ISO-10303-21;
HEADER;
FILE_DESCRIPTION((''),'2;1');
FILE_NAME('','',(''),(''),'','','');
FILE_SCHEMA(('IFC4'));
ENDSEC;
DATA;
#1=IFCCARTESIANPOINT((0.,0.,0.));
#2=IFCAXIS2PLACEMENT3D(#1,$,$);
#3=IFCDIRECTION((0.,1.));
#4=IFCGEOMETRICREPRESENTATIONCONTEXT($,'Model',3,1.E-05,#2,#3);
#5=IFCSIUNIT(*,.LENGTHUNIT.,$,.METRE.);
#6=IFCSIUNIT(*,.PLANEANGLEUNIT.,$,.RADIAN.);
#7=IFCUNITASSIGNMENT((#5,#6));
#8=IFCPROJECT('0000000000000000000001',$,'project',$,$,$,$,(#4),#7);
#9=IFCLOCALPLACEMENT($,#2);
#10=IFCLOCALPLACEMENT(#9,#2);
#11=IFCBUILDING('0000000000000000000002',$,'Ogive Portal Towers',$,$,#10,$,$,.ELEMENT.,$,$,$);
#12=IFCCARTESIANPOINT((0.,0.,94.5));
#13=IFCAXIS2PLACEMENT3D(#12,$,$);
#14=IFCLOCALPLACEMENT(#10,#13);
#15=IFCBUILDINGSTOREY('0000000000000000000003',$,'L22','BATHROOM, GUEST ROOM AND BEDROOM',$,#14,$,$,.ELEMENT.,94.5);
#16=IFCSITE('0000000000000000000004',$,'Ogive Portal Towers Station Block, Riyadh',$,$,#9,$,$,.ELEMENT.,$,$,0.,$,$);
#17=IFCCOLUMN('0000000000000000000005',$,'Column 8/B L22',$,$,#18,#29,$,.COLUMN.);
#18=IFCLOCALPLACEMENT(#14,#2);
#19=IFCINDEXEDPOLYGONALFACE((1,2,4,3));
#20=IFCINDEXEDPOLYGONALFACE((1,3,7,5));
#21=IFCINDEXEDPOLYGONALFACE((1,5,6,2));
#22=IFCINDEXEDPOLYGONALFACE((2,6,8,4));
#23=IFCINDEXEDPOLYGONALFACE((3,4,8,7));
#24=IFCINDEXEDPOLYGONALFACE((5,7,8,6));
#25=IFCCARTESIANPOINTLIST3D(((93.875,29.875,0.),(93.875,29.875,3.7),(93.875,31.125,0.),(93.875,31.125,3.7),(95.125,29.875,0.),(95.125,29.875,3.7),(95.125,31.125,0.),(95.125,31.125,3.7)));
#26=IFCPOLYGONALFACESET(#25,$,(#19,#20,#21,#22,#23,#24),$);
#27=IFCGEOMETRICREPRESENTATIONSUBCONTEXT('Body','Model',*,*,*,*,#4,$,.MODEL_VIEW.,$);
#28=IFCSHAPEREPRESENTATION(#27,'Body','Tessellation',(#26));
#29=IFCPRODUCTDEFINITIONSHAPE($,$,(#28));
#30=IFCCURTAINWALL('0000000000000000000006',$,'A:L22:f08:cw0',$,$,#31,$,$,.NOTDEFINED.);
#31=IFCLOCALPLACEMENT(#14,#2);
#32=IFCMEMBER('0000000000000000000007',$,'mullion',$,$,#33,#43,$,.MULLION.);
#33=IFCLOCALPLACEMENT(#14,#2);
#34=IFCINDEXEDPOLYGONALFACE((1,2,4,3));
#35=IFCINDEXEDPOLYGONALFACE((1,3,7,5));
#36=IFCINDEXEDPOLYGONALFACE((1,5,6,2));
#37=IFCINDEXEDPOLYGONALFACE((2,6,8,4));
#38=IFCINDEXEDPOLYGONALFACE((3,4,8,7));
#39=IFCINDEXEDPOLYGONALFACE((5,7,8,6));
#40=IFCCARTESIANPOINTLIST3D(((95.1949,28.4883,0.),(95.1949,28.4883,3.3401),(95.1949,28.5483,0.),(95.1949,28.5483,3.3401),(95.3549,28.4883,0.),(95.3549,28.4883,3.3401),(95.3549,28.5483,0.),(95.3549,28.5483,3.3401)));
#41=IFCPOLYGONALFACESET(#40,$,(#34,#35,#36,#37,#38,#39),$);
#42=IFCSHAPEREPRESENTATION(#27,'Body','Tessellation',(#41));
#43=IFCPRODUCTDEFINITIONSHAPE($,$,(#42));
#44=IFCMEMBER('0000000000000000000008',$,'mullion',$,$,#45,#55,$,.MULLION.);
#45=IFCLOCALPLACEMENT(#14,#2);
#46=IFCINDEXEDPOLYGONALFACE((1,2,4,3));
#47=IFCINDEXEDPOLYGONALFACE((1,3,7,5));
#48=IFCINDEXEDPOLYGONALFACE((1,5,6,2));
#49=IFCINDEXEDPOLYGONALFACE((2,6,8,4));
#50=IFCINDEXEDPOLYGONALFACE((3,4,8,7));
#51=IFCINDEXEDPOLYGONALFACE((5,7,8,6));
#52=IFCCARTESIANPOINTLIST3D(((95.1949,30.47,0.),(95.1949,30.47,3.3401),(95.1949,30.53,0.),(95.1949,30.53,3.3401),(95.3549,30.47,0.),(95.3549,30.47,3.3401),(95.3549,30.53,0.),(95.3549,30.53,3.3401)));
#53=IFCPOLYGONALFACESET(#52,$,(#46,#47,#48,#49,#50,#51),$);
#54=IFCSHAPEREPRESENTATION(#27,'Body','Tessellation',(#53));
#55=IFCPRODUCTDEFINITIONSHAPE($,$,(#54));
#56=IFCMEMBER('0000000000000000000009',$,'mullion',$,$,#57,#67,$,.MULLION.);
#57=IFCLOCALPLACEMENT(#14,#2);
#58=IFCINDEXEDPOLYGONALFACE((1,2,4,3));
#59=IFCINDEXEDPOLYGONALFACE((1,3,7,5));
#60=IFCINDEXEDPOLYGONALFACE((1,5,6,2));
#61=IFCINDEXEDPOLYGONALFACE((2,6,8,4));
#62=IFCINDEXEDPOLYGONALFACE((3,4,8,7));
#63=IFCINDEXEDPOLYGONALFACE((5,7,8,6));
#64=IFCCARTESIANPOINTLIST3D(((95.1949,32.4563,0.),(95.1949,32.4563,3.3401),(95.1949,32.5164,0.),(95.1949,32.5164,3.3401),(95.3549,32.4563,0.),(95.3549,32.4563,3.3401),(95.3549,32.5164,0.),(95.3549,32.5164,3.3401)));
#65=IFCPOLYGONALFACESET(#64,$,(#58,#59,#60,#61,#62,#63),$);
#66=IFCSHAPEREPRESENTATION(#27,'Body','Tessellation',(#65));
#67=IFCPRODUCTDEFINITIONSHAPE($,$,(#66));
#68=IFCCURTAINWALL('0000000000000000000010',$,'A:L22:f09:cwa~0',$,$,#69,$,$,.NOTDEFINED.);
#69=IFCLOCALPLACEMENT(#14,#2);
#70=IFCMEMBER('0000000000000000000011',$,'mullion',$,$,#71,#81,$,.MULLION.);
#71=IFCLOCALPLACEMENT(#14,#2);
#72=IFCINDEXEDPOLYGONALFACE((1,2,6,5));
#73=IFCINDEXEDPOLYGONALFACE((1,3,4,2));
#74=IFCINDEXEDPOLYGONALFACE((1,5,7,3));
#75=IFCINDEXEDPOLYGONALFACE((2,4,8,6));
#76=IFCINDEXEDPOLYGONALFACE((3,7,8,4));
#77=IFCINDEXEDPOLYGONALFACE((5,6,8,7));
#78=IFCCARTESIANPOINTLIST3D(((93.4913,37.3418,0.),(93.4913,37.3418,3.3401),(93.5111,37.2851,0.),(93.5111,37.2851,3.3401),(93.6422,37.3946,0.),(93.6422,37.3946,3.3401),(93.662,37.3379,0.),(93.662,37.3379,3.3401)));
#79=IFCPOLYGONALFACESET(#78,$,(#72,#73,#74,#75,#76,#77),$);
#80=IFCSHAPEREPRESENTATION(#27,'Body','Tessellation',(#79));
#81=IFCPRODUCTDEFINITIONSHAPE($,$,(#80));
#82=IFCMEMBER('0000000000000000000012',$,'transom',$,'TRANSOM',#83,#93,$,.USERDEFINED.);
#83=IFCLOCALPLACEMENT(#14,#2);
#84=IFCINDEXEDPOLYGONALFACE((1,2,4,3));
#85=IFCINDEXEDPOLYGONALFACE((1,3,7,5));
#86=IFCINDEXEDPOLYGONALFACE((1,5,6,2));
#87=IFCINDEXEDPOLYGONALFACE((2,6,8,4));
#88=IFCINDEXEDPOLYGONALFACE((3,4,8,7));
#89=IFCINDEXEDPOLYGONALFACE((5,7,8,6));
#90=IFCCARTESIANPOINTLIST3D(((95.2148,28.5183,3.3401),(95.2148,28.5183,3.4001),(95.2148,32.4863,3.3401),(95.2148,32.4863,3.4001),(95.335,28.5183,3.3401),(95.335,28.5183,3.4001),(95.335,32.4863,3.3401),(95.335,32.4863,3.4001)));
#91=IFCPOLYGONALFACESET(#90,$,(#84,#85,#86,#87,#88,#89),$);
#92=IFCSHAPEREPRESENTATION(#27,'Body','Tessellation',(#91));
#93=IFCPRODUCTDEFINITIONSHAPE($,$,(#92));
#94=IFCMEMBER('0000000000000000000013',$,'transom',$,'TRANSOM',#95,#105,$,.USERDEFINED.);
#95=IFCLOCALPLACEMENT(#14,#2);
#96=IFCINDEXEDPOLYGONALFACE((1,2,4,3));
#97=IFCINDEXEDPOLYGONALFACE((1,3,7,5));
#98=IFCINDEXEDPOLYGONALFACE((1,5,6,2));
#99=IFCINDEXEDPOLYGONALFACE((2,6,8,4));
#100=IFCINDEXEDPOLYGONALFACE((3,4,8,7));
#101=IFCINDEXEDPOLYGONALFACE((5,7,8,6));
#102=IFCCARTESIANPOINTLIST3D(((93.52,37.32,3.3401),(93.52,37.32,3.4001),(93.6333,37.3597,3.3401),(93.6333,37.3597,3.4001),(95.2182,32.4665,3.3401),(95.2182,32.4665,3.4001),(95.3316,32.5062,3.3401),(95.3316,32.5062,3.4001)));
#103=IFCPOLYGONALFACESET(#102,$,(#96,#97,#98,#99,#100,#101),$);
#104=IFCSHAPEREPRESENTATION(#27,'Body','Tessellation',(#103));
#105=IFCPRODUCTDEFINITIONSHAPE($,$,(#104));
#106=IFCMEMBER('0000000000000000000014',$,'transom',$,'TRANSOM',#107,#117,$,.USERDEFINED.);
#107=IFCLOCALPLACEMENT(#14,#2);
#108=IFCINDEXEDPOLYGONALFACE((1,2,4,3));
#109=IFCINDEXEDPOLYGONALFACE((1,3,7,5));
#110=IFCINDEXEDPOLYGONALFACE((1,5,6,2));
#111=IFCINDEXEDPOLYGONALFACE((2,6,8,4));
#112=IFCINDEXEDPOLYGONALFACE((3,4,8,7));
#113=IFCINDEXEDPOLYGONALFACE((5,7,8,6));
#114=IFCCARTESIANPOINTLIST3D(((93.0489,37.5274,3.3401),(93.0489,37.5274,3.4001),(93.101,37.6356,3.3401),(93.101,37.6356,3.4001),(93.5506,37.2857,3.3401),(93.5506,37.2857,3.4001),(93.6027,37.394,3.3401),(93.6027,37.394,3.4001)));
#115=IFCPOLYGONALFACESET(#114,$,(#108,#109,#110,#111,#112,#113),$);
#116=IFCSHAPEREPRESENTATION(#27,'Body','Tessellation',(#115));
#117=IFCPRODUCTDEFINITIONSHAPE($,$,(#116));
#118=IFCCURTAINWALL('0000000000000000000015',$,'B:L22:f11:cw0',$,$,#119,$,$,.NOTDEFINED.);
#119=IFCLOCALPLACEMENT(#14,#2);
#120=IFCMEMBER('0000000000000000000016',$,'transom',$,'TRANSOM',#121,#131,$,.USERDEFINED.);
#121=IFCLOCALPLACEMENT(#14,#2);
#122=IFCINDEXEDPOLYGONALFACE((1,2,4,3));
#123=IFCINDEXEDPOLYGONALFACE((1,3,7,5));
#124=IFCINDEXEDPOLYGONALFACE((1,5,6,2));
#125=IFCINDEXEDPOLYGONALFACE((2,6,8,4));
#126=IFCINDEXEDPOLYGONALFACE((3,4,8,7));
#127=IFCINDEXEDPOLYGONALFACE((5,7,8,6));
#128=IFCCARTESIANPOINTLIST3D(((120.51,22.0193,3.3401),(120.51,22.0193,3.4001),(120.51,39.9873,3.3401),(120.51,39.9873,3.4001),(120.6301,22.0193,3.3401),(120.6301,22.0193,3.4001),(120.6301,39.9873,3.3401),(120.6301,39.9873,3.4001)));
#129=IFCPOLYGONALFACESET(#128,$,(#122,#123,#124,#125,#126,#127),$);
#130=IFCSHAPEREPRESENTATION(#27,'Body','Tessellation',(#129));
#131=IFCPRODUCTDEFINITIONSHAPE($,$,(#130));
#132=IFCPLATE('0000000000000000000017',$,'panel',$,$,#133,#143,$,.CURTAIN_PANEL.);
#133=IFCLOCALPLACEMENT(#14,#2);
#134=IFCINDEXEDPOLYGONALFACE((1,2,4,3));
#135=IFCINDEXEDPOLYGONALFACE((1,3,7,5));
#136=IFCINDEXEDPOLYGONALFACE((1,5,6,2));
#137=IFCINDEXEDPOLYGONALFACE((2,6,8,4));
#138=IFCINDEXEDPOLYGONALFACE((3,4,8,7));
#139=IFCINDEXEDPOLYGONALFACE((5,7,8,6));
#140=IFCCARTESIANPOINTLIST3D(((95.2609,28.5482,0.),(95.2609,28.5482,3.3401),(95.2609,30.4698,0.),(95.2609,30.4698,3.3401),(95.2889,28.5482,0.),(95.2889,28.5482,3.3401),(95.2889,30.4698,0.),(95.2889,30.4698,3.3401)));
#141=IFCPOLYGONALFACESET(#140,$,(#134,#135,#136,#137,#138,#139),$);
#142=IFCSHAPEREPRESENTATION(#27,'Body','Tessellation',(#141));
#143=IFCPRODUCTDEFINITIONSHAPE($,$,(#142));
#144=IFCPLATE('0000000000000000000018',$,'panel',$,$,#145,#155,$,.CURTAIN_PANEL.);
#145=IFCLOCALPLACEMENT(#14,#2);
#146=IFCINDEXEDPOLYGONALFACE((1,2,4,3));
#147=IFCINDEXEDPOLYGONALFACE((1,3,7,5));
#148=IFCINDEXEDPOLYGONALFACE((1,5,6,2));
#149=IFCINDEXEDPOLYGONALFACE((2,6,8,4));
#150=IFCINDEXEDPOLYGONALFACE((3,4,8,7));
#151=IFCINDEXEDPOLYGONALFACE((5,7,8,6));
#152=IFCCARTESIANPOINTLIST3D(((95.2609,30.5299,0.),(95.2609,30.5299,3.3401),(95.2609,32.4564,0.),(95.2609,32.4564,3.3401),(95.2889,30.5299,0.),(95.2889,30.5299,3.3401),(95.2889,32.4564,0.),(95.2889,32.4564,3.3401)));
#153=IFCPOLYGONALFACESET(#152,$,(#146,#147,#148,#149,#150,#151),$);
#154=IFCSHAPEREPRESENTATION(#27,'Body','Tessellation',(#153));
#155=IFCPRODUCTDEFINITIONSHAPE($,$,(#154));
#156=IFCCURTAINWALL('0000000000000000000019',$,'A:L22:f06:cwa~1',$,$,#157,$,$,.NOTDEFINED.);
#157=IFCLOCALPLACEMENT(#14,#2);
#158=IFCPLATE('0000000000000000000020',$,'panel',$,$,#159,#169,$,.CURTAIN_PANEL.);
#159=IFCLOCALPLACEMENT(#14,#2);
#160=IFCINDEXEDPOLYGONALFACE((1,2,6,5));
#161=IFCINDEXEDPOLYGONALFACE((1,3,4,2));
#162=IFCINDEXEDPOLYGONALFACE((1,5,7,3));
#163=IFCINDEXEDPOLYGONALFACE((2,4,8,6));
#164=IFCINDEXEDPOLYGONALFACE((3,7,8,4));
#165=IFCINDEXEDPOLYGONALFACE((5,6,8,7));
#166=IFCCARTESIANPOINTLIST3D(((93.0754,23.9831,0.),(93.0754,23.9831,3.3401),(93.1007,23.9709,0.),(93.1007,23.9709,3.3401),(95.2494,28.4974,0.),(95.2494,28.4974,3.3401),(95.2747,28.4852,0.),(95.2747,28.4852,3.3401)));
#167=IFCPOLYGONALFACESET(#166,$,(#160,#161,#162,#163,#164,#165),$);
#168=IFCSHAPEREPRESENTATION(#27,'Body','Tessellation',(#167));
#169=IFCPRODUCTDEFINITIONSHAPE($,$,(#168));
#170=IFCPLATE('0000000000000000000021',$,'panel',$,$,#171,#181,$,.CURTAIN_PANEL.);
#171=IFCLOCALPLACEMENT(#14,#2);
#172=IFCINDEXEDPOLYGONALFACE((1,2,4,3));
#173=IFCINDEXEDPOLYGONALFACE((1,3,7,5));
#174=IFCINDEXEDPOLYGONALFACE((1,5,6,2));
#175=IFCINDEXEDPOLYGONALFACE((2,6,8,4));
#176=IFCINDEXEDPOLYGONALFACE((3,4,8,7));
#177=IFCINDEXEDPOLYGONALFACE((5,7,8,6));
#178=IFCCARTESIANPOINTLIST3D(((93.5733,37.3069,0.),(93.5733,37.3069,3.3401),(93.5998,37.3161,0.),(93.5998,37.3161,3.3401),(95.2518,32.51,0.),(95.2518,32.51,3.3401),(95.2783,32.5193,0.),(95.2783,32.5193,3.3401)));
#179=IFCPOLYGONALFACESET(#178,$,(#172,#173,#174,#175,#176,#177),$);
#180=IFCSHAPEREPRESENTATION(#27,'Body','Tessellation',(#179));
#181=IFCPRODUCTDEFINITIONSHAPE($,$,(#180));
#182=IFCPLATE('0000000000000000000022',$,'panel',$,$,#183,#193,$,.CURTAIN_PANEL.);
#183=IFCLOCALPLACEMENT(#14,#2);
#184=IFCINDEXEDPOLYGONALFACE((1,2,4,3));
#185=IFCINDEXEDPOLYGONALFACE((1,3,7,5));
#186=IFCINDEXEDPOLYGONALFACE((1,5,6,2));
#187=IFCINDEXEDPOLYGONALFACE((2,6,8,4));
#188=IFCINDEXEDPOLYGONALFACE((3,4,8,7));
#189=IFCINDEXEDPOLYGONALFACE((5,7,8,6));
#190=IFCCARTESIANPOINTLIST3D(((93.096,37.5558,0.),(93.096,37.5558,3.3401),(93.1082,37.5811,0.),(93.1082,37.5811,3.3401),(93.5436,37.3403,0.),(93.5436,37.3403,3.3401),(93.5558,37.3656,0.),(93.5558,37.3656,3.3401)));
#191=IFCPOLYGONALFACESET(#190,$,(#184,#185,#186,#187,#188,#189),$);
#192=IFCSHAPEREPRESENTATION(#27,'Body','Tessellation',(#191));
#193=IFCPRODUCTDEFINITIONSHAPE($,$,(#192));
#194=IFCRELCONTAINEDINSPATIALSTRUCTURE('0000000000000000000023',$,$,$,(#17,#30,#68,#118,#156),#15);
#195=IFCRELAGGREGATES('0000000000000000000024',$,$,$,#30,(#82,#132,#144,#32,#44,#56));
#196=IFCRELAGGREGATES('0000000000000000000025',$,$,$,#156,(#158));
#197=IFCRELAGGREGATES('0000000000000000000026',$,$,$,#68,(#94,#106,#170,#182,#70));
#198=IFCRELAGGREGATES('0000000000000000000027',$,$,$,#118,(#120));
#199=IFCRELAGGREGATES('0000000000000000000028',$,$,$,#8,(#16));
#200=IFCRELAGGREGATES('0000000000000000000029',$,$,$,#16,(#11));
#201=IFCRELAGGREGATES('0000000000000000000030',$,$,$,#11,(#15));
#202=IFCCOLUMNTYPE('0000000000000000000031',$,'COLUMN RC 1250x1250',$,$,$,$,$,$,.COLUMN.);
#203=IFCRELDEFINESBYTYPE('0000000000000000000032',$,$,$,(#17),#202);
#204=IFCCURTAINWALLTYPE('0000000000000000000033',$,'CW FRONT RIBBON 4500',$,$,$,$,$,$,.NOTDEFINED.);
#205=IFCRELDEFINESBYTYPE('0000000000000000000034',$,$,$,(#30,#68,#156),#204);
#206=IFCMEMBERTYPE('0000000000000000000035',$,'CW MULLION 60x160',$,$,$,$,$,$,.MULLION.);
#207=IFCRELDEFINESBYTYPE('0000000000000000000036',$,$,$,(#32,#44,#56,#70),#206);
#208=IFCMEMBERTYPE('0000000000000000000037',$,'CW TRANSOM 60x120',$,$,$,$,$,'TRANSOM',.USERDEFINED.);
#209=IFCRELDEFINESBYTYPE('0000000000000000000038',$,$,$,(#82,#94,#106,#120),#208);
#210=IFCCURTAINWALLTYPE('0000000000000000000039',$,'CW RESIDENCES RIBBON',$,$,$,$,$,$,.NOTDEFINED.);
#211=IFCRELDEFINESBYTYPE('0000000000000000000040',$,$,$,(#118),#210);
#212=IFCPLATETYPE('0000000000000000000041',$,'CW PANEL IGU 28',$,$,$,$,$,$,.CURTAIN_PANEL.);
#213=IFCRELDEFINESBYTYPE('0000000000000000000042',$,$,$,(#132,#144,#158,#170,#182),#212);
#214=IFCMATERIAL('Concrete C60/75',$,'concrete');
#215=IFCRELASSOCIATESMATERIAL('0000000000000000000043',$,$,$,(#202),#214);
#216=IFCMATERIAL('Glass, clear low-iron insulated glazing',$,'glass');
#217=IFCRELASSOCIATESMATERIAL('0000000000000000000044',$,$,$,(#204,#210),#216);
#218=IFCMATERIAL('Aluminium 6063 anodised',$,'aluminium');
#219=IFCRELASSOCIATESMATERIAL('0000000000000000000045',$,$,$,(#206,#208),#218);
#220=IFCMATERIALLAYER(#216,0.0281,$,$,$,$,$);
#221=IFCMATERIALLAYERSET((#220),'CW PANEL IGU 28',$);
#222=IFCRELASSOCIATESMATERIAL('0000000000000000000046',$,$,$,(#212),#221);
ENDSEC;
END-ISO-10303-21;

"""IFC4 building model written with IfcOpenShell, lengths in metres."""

from ifc_helpers import new_model, si_unit, direction, frame, origin, origin_2d, place, context, subcontext, project, spatial, rectangle, extrude, material, layer, layer_set, material_profile, profile_set, type_object, element, aggregate, save


model = new_model("IFC4")

# Units and contexts
model_context = context("Model", 3, precision=1e-05, world=origin(), true_north=direction((0.0, 1.0)))
body_context = subcontext(model_context, "Body", "Model", "MODEL_VIEW")
ifc_project = project(units=[si_unit("LENGTHUNIT", "METRE"), si_unit("PLANEANGLEUNIT", "RADIAN")], contexts=[model_context])

# Site, building, storey
site_placement = place(None, origin())
site = spatial("IfcSite", under=ifc_project, at=site_placement, Name="Ogive Portal Towers Station Block, Riyadh", CompositionType="ELEMENT", RefElevation=0.0)
building_placement = place(site_placement, origin())
building = spatial("IfcBuilding", under=site, at=building_placement, Name="Ogive Portal Towers", CompositionType="ELEMENT")
storey_placement = place(building_placement, frame((0.0, 0.0, 94.5)))
storey = spatial("IfcBuildingStorey", under=building, at=storey_placement, Name="L22", Description="BATHROOM, GUEST ROOM AND BEDROOM", CompositionType="ELEMENT", Elevation=94.5)

# Column
ifc_material_1 = material(Name="Concrete C60/75", Category="concrete")
ifc_material_profile_1 = material_profile(ifc_material_1, rectangle(XDim=1.25, YDim=1.25, at=origin_2d()), Name="RC 1250x1250")
ifc_profile_set_1 = profile_set([ifc_material_profile_1], Name="Concrete C60/75")
column_type = type_object("IfcColumnType", Name="COLUMN RC 1250x1250", PredefinedType="COLUMN", material=ifc_profile_set_1)
column_placement = place(storey_placement, frame((94.5, 30.5, 0.0), z_axis=(0.0, 0.0, 1.0), x_axis=(1.0, 0.0, 0.0)))
element("IfcColumn", 1, at=column_placement, inside=storey, type_object=column_type, Name="Column 8/B L22", PredefinedType="COLUMN", context=body_context, shape_type="SweptSolid", body=[
    extrude(rectangle(XDim=1.25, YDim=1.25, at=origin_2d()), origin(), (0.0, 0.0, 1.0), 3.7),
])

# Curtain wall, members
ifc_material_2 = material(Name="Glass, clear low-iron insulated glazing", Category="glass")
curtain_wall_type_1 = type_object("IfcCurtainWallType", Name="CW FRONT RIBBON 4500", PredefinedType="NOTDEFINED", material=ifc_material_2)
curtain_wall_1_placement = place(storey_placement, origin())
curtain_wall_1 = element("IfcCurtainWall", 2, at=curtain_wall_1_placement, inside=storey, type_object=curtain_wall_type_1, Name="A:L22:f08:cw0", PredefinedType="NOTDEFINED")
ifc_material_3 = material(Name="Aluminium 6063 anodised", Category="aluminium")
ifc_material_profile_2 = material_profile(ifc_material_3, rectangle(XDim=0.1599, YDim=0.0601, at=origin_2d()), Name="AL 60x160")
ifc_profile_set_2 = profile_set([ifc_material_profile_2], Name="Aluminium 6063 anodised")
member_type_1 = type_object("IfcMemberType", Name="CW MULLION 60x160", PredefinedType="MULLION", material=ifc_profile_set_2)
member_1_placement = place(storey_placement, frame((95.2749, 28.5183, 0.0), z_axis=(0.0, 0.0, 1.0), x_axis=(-1.0, 0.0, 0.0)))
member_1 = element("IfcMember", 3, at=member_1_placement, type_object=member_type_1, Name="mullion", PredefinedType="MULLION", context=body_context, shape_type="SweptSolid", body=[
    extrude(rectangle(XDim=0.1599, YDim=0.0601, at=origin_2d()), origin(), (0.0, 0.0, 1.0), 3.3401),
])
member_2_placement = place(storey_placement, frame((95.2749, 30.5, 0.0), z_axis=(0.0, 0.0, 1.0), x_axis=(-1.0, 0.0, 0.0)))
member_2 = element("IfcMember", 4, at=member_2_placement, type_object=member_type_1, Name="mullion", PredefinedType="MULLION", context=body_context, shape_type="SweptSolid", body=[
    extrude(rectangle(XDim=0.1599, YDim=0.0601, at=origin_2d()), origin(), (0.0, 0.0, 1.0), 3.3401),
])
member_3_placement = place(storey_placement, frame((95.2749, 32.4863, 0.0), z_axis=(0.0, 0.0, 1.0), x_axis=(-1.0, 0.0, 0.0)))
member_3 = element("IfcMember", 5, at=member_3_placement, type_object=member_type_1, Name="mullion", PredefinedType="MULLION", context=body_context, shape_type="SweptSolid", body=[
    extrude(rectangle(XDim=0.1599, YDim=0.0601, at=origin_2d()), origin(), (0.0, 0.0, 1.0), 3.3401),
])

# Curtain wall, member
curtain_wall_2_placement = place(storey_placement, origin())
curtain_wall_2 = element("IfcCurtainWall", 6, at=curtain_wall_2_placement, inside=storey, type_object=curtain_wall_type_1, Name="A:L22:f09:cwa~0", PredefinedType="NOTDEFINED")
member_4_placement = place(storey_placement, frame((93.5767, 37.3398, 0.0), z_axis=(0.0, 0.0, 1.0), x_axis=(-0.943883, -0.330279, 0.0)))
member_4 = element("IfcMember", 7, at=member_4_placement, type_object=member_type_1, Name="mullion", PredefinedType="MULLION", context=body_context, shape_type="SweptSolid", body=[
    extrude(rectangle(XDim=0.1599, YDim=0.0601, at=origin_2d()), origin(), (0.0, 0.0, 1.0), 3.3401),
])

# Members
ifc_material_profile_3 = material_profile(ifc_material_3, rectangle(XDim=0.1201, YDim=0.0601, at=origin_2d()), Name="AL 120x60")
ifc_profile_set_3 = profile_set([ifc_material_profile_3], Name="Aluminium 6063 anodised")
member_type_2 = type_object("IfcMemberType", Name="CW TRANSOM 60x120", ElementType="TRANSOM", PredefinedType="USERDEFINED", material=ifc_profile_set_3)
member_5_placement = place(storey_placement, frame((95.2749, 28.5183, 3.3701), z_axis=(0.0, 1.0, 0.0), x_axis=(-1.0, 0.0, 0.0)))
member_5 = element("IfcMember", 8, at=member_5_placement, type_object=member_type_2, Name="transom", ObjectType="TRANSOM", PredefinedType="USERDEFINED", context=body_context, shape_type="SweptSolid", body=[
    extrude(rectangle(XDim=0.1201, YDim=0.0601, at=origin_2d()), origin(), (0.0, 0.0, 1.0), 3.968),
])
member_6_placement = place(storey_placement, frame((95.2749, 32.4863, 3.3701), z_axis=(-0.330266, 0.943888, 0.0), x_axis=(-0.943888, -0.330266, 0.0)))
member_6 = element("IfcMember", 9, at=member_6_placement, type_object=member_type_2, Name="transom", ObjectType="TRANSOM", PredefinedType="USERDEFINED", context=body_context, shape_type="SweptSolid", body=[
    extrude(rectangle(XDim=0.1201, YDim=0.0601, at=origin_2d()), origin(), (0.0, 0.0, 1.0), 5.1421),
])
member_7_placement = place(storey_placement, frame((93.5767, 37.3398, 3.3701), z_axis=(-0.900906, 0.434013, 0.0), x_axis=(-0.434013, -0.900906, 0.0)))
member_7 = element("IfcMember", 10, at=member_7_placement, type_object=member_type_2, Name="transom", ObjectType="TRANSOM", PredefinedType="USERDEFINED", context=body_context, shape_type="SweptSolid", body=[
    extrude(rectangle(XDim=0.1201, YDim=0.0601, at=origin_2d()), origin(), (0.0, 0.0, 1.0), 0.5569),
])

# Curtain wall, member
curtain_wall_type_2 = type_object("IfcCurtainWallType", Name="CW RESIDENCES RIBBON", PredefinedType="NOTDEFINED", material=ifc_material_2)
curtain_wall_3_placement = place(storey_placement, origin())
curtain_wall_3 = element("IfcCurtainWall", 11, at=curtain_wall_3_placement, inside=storey, type_object=curtain_wall_type_2, Name="B:L22:f11:cw0", PredefinedType="NOTDEFINED")
member_8_placement = place(storey_placement, frame((120.5701, 39.9873, 3.3701), z_axis=(0.0, -1.0, 0.0), x_axis=(1.0, 0.0, 0.0)))
member_8 = element("IfcMember", 12, at=member_8_placement, type_object=member_type_2, Name="transom", ObjectType="TRANSOM", PredefinedType="USERDEFINED", context=body_context, shape_type="SweptSolid", body=[
    extrude(rectangle(XDim=0.1201, YDim=0.0601, at=origin_2d()), origin(), (0.0, 0.0, 1.0), 17.968),
])

# Plates
ifc_layer_1 = layer(ifc_material_2, 0.0281)
ifc_layer_set_1 = layer_set([ifc_layer_1], Name="CW PANEL IGU 28")
plate_type = type_object("IfcPlateType", Name="CW PANEL IGU 28", PredefinedType="CURTAIN_PANEL", material=ifc_layer_set_1)
plate_1_placement = place(storey_placement, frame((95.2749, 29.509, 0.0), z_axis=(0.0, 0.0, 1.0), x_axis=(0.0, 1.0, 0.0)))
plate_1 = element("IfcPlate", 13, at=plate_1_placement, type_object=plate_type, Name="panel", PredefinedType="CURTAIN_PANEL", context=body_context, shape_type="SweptSolid", body=[
    extrude(rectangle(XDim=1.9216, YDim=0.0281, at=origin_2d()), origin(), (0.0, 0.0, 1.0), 3.3401),
])
plate_2_placement = place(storey_placement, frame((95.2749, 31.4932, 0.0), z_axis=(0.0, 0.0, 1.0), x_axis=(0.0, 1.0, 0.0)))
plate_2 = element("IfcPlate", 14, at=plate_2_placement, type_object=plate_type, Name="panel", PredefinedType="CURTAIN_PANEL", context=body_context, shape_type="SweptSolid", body=[
    extrude(rectangle(XDim=1.9265, YDim=0.0281, at=origin_2d()), origin(), (0.0, 0.0, 1.0), 3.3401),
])
aggregate(curtain_wall_1, [member_5, plate_1, plate_2, member_1, member_2, member_3])

# Curtain wall, plate
curtain_wall_4_placement = place(storey_placement, origin())
curtain_wall_4 = element("IfcCurtainWall", 15, at=curtain_wall_4_placement, inside=storey, type_object=curtain_wall_type_1, Name="A:L22:f06:cwa~1", PredefinedType="NOTDEFINED")
plate_3_placement = place(storey_placement, frame((94.175, 26.2341, 0.0), z_axis=(0.0, 0.0, 1.0), x_axis=(0.433884, 0.900969, 0.0)))
plate_3 = element("IfcPlate", 16, at=plate_3_placement, type_object=plate_type, Name="panel", PredefinedType="CURTAIN_PANEL", context=body_context, shape_type="SweptSolid", body=[
    extrude(rectangle(XDim=5.0105, YDim=0.0281, at=origin_2d()), origin(), (0.0, 0.0, 1.0), 3.3401),
])
aggregate(curtain_wall_4, [plate_3])

# Plates
plate_4_placement = place(storey_placement, frame((94.4258, 34.9131, 0.0), z_axis=(0.0, 0.0, 1.0), x_axis=(-0.330279, 0.943883, 0.0)))
plate_4 = element("IfcPlate", 17, at=plate_4_placement, type_object=plate_type, Name="panel", PredefinedType="CURTAIN_PANEL", context=body_context, shape_type="SweptSolid", body=[
    extrude(rectangle(XDim=5.082, YDim=0.0281, at=origin_2d()), origin(), (0.0, 0.0, 1.0), 3.3401),
])
plate_5_placement = place(storey_placement, frame((93.3259, 37.4607, 0.0), z_axis=(0.0, 0.0, 1.0), x_axis=(-0.900969, 0.433884, 0.0)))
plate_5 = element("IfcPlate", 18, at=plate_5_placement, type_object=plate_type, Name="panel", PredefinedType="CURTAIN_PANEL", context=body_context, shape_type="SweptSolid", body=[
    extrude(rectangle(XDim=0.4968, YDim=0.0281, at=origin_2d()), origin(), (0.0, 0.0, 1.0), 3.3401),
])
aggregate(curtain_wall_2, [member_6, member_7, plate_4, plate_5, member_4])
aggregate(curtain_wall_3, [member_8])

save(model, "model.ifc")
